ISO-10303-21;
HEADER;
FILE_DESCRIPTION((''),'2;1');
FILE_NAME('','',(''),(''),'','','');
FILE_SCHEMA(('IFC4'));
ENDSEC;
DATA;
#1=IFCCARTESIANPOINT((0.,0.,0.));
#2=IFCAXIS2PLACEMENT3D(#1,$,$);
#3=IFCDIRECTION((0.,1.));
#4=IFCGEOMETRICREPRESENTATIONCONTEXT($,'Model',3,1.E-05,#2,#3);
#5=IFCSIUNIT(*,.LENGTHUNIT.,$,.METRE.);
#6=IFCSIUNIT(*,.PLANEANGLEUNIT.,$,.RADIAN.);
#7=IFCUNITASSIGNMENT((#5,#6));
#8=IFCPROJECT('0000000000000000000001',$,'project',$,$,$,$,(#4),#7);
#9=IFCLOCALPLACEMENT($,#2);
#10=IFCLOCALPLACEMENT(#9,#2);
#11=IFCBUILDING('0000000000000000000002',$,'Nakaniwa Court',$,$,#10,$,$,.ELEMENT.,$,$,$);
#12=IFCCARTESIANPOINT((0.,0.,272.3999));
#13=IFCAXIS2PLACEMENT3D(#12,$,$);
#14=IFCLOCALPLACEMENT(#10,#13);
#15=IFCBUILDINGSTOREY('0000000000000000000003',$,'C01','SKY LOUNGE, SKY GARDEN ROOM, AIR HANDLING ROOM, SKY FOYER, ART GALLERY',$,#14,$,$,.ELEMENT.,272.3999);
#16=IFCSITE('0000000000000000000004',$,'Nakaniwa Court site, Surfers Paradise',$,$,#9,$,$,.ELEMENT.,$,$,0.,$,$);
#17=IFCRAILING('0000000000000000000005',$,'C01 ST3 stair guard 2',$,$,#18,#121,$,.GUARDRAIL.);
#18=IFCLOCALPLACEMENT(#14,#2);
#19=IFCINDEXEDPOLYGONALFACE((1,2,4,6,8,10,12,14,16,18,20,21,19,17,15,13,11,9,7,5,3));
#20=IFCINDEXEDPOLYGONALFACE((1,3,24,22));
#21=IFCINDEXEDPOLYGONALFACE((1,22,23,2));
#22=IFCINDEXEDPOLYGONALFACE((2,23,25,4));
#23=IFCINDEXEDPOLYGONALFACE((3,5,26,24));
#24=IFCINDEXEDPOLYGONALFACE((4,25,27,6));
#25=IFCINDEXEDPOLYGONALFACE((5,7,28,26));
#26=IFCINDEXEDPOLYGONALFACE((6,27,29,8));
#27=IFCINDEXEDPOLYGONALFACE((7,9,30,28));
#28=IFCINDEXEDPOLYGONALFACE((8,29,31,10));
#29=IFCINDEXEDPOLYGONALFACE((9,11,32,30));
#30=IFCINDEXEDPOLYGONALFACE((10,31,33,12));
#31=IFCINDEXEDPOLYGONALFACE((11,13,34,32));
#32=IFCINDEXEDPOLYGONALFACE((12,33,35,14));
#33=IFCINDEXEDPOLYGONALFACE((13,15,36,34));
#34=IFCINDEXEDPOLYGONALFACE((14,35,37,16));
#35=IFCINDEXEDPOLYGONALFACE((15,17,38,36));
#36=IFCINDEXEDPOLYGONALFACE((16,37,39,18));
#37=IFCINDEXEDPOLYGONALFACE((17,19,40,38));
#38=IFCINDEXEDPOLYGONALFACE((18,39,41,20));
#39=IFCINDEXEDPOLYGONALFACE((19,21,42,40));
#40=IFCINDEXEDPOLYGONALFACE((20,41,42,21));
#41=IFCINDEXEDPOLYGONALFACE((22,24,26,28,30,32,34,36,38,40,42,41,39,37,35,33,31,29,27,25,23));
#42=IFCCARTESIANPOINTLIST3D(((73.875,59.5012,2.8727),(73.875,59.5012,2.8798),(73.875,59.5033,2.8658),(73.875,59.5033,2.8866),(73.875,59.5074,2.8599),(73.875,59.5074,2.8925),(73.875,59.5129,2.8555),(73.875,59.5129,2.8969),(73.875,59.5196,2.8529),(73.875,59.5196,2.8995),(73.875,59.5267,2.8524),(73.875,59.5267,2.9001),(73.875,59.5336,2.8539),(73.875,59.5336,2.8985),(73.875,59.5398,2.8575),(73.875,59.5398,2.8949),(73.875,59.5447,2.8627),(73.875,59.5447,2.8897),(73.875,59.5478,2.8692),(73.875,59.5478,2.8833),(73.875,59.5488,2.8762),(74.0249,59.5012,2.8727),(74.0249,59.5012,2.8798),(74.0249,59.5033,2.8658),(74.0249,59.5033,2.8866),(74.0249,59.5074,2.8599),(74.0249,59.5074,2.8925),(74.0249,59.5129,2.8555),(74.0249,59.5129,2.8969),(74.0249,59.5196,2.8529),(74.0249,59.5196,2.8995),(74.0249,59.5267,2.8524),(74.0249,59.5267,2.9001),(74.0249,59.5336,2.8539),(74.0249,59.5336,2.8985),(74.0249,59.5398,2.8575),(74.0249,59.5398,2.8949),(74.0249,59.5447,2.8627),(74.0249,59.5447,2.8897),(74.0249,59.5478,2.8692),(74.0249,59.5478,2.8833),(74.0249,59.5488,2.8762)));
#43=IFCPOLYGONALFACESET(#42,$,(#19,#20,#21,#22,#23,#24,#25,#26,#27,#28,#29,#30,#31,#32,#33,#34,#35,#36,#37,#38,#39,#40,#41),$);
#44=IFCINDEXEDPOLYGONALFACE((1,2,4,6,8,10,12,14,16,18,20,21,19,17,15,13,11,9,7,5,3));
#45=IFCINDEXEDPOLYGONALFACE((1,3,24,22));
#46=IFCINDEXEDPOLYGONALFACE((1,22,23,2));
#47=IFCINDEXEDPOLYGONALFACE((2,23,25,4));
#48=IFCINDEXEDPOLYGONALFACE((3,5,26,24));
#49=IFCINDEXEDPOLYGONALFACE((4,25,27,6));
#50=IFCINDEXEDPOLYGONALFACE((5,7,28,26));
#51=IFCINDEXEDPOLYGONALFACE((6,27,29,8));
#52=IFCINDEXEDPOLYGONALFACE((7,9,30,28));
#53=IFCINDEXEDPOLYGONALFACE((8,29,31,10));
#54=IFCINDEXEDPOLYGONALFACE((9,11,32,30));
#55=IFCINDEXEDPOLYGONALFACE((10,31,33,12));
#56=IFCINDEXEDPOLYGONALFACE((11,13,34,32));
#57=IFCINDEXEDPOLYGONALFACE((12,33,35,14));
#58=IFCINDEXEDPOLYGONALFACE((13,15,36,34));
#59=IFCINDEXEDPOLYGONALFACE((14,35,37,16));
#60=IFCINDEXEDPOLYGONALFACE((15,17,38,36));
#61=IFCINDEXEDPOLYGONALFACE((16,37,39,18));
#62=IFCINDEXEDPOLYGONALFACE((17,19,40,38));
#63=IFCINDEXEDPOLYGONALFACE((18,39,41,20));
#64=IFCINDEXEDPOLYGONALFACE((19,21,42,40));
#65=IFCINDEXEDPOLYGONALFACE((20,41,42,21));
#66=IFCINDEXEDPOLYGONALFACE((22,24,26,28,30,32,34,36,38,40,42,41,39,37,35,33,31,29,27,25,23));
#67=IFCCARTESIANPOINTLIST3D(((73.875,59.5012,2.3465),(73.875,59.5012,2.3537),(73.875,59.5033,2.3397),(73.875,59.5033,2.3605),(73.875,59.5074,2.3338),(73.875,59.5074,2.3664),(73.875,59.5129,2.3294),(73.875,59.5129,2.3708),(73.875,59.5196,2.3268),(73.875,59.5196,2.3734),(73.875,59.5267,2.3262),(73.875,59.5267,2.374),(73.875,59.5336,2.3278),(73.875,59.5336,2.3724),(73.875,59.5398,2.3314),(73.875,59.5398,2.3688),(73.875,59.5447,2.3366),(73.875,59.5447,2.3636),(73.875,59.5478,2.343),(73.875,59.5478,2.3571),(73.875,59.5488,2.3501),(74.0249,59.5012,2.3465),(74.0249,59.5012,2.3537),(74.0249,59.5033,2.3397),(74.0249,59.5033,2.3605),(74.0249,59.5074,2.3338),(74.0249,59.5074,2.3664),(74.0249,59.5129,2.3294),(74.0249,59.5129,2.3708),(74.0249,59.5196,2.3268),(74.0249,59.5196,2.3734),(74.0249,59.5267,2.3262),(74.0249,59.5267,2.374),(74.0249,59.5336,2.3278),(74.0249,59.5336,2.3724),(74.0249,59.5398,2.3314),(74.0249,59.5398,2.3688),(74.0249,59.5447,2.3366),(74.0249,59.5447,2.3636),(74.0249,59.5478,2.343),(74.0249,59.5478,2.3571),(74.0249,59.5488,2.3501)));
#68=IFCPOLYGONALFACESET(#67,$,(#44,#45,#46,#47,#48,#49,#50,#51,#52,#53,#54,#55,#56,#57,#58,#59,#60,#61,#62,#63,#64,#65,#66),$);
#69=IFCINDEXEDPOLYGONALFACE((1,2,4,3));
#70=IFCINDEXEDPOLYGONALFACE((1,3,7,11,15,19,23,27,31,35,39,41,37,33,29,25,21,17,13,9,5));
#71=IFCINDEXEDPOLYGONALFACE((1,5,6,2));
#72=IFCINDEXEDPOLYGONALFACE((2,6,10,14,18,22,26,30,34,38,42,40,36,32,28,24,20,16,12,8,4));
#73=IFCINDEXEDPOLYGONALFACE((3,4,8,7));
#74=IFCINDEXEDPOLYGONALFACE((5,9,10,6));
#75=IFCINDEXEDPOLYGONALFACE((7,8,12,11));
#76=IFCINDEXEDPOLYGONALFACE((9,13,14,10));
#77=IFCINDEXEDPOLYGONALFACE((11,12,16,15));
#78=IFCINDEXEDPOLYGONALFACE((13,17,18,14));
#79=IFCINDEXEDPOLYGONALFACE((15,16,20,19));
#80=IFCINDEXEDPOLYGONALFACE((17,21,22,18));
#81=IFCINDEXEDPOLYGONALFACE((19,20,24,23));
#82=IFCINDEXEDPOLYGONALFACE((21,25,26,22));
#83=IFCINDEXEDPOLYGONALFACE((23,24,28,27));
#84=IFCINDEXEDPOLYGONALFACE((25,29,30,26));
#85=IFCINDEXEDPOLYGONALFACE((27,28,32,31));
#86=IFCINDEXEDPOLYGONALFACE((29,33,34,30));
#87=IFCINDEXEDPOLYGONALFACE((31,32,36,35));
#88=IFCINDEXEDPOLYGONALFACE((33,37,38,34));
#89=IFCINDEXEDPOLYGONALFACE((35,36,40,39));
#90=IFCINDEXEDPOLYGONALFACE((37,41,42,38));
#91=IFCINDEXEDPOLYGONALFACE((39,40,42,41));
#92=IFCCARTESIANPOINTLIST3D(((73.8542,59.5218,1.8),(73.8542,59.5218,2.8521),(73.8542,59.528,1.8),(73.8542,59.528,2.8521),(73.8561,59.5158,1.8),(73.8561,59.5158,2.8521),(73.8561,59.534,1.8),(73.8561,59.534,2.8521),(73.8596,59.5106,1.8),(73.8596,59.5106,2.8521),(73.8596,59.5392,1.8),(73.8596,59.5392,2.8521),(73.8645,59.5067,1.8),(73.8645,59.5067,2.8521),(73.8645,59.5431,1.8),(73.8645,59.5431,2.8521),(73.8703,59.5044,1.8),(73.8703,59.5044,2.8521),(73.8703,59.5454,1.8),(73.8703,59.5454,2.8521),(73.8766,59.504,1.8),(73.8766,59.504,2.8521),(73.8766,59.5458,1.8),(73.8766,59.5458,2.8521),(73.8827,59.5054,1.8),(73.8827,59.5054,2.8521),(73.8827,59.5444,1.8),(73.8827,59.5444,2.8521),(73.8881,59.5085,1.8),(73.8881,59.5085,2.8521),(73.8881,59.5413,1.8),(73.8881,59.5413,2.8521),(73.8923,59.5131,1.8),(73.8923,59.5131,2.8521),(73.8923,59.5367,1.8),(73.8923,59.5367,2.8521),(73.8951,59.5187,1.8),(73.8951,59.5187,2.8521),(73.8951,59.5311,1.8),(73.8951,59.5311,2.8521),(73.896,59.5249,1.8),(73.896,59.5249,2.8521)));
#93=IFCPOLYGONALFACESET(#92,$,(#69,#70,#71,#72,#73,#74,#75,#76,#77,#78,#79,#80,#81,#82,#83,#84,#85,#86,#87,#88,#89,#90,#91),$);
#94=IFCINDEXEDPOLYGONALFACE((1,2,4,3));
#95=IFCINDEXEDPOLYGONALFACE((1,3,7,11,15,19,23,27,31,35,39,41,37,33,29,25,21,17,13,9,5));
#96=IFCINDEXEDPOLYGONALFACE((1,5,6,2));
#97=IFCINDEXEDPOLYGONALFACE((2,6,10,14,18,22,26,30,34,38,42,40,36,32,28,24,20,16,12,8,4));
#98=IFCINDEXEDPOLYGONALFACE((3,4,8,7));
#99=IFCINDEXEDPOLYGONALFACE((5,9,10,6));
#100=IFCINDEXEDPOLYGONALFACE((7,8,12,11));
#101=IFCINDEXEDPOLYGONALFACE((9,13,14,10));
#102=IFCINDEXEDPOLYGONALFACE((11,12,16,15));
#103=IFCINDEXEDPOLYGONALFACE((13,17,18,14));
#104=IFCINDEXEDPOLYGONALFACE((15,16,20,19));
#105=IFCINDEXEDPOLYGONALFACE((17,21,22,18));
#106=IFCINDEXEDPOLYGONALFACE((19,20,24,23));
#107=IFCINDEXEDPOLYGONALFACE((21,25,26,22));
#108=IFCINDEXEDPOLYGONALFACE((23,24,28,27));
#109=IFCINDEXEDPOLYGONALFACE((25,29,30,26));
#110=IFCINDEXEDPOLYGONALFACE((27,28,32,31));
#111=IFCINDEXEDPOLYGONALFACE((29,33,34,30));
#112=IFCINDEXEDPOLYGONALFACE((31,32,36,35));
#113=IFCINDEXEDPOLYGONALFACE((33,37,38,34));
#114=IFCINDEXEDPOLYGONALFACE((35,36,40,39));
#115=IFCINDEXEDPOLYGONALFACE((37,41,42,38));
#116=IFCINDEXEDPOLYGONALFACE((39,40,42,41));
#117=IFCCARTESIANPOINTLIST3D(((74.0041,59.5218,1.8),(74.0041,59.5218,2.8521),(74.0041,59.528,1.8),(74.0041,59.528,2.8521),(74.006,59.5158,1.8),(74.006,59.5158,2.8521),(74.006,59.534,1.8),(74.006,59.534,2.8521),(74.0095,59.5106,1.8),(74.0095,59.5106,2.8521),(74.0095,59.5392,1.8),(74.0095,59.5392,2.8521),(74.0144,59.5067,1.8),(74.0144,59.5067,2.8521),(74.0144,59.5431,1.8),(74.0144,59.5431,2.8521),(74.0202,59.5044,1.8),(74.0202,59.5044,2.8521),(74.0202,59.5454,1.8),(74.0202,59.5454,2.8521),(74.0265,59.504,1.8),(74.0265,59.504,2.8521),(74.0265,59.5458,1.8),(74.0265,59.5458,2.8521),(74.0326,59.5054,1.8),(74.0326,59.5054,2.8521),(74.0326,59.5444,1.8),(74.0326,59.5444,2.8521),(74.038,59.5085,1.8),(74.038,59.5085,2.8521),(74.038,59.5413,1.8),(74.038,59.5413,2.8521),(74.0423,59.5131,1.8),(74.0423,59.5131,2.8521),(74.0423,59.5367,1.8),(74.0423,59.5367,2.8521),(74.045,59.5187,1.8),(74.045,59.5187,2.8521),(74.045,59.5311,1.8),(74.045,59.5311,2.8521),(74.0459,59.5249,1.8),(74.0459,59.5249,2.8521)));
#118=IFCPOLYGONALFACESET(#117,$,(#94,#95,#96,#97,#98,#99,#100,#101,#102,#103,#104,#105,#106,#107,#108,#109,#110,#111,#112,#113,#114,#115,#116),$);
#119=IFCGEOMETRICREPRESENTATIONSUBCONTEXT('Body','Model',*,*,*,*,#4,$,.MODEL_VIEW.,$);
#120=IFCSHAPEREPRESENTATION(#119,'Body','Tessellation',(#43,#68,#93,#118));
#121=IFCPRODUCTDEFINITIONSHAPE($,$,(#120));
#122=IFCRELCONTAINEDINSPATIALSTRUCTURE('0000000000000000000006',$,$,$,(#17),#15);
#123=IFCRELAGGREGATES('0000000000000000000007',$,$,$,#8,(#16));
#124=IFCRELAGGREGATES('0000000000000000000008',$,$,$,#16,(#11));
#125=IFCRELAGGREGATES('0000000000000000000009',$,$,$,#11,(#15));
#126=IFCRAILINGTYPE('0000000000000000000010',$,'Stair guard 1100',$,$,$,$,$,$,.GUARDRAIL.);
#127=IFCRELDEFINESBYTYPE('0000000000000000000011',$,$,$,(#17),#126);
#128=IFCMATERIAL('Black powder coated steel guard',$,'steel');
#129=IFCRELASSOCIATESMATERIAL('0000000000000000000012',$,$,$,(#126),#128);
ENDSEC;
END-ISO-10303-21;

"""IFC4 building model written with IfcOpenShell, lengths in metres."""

from ifc_helpers import new_model, si_unit, direction, frame, origin, origin_2d, place, context, subcontext, project, spatial, circle, extrude, material, type_object, element, save


model = new_model("IFC4")

# Units and contexts
model_context = context("Model", 3, precision=1e-05, world=origin(), true_north=direction((0.0, 1.0)))
body_context = subcontext(model_context, "Body", "Model", "MODEL_VIEW")
ifc_project = project(units=[si_unit("LENGTHUNIT", "METRE"), si_unit("PLANEANGLEUNIT", "RADIAN")], contexts=[model_context])

# Site, building, storey
site_placement = place(None, origin())
site = spatial("IfcSite", under=ifc_project, at=site_placement, Name="Nakaniwa Court site, Surfers Paradise", CompositionType="ELEMENT", RefElevation=0.0)
building_placement = place(site_placement, origin())
building = spatial("IfcBuilding", under=site, at=building_placement, Name="Nakaniwa Court", CompositionType="ELEMENT")
storey_placement = place(building_placement, frame((0.0, 0.0, 272.3999)))
storey = spatial("IfcBuildingStorey", under=building, at=storey_placement, Name="C01", Description="SKY LOUNGE, SKY GARDEN ROOM, AIR HANDLING ROOM, SKY FOYER, ART GALLERY", CompositionType="ELEMENT", Elevation=272.3999)

# Railing
ifc_material_1 = material(Name="Black powder coated steel guard", Category="steel")
railing_type_1 = type_object("IfcRailingType", Name="Stair guard 1100", PredefinedType="GUARDRAIL", material=ifc_material_1)
railing_1_placement = place(storey_placement, frame((73.875, 59.5249, 1.8)))
element("IfcRailing", 1, at=railing_1_placement, inside=storey, type_object=railing_type_1, Name="C01 ST3 stair guard 2", PredefinedType="GUARDRAIL", context=body_context, shape_type="SweptSolid", body=[
    extrude(circle(Radius=0.0239, at=origin_2d()), frame((0.0, 0.0, 1.0762), z_axis=(1.0, 0.0, 0.0), x_axis=(0.0, 1.0, 0.0)), (0.0, 0.0, 1.0), 0.1499),
    extrude(circle(Radius=0.0239, at=origin_2d()), frame((0.0, 0.0, 0.55), z_axis=(1.0, 0.0, 0.0), x_axis=(0.0, 1.0, 0.0)), (0.0, 0.0, 1.0), 0.1499),
    extrude(circle(Radius=0.021, at=origin_2d()), origin(), (0.0, 0.0, 1.0), 1.052),
    extrude(circle(Radius=0.021, at=origin_2d()), frame((0.1499, 0.0, 0.0)), (0.0, 0.0, 1.0), 1.052),
])

save(model, "model.ifc")
